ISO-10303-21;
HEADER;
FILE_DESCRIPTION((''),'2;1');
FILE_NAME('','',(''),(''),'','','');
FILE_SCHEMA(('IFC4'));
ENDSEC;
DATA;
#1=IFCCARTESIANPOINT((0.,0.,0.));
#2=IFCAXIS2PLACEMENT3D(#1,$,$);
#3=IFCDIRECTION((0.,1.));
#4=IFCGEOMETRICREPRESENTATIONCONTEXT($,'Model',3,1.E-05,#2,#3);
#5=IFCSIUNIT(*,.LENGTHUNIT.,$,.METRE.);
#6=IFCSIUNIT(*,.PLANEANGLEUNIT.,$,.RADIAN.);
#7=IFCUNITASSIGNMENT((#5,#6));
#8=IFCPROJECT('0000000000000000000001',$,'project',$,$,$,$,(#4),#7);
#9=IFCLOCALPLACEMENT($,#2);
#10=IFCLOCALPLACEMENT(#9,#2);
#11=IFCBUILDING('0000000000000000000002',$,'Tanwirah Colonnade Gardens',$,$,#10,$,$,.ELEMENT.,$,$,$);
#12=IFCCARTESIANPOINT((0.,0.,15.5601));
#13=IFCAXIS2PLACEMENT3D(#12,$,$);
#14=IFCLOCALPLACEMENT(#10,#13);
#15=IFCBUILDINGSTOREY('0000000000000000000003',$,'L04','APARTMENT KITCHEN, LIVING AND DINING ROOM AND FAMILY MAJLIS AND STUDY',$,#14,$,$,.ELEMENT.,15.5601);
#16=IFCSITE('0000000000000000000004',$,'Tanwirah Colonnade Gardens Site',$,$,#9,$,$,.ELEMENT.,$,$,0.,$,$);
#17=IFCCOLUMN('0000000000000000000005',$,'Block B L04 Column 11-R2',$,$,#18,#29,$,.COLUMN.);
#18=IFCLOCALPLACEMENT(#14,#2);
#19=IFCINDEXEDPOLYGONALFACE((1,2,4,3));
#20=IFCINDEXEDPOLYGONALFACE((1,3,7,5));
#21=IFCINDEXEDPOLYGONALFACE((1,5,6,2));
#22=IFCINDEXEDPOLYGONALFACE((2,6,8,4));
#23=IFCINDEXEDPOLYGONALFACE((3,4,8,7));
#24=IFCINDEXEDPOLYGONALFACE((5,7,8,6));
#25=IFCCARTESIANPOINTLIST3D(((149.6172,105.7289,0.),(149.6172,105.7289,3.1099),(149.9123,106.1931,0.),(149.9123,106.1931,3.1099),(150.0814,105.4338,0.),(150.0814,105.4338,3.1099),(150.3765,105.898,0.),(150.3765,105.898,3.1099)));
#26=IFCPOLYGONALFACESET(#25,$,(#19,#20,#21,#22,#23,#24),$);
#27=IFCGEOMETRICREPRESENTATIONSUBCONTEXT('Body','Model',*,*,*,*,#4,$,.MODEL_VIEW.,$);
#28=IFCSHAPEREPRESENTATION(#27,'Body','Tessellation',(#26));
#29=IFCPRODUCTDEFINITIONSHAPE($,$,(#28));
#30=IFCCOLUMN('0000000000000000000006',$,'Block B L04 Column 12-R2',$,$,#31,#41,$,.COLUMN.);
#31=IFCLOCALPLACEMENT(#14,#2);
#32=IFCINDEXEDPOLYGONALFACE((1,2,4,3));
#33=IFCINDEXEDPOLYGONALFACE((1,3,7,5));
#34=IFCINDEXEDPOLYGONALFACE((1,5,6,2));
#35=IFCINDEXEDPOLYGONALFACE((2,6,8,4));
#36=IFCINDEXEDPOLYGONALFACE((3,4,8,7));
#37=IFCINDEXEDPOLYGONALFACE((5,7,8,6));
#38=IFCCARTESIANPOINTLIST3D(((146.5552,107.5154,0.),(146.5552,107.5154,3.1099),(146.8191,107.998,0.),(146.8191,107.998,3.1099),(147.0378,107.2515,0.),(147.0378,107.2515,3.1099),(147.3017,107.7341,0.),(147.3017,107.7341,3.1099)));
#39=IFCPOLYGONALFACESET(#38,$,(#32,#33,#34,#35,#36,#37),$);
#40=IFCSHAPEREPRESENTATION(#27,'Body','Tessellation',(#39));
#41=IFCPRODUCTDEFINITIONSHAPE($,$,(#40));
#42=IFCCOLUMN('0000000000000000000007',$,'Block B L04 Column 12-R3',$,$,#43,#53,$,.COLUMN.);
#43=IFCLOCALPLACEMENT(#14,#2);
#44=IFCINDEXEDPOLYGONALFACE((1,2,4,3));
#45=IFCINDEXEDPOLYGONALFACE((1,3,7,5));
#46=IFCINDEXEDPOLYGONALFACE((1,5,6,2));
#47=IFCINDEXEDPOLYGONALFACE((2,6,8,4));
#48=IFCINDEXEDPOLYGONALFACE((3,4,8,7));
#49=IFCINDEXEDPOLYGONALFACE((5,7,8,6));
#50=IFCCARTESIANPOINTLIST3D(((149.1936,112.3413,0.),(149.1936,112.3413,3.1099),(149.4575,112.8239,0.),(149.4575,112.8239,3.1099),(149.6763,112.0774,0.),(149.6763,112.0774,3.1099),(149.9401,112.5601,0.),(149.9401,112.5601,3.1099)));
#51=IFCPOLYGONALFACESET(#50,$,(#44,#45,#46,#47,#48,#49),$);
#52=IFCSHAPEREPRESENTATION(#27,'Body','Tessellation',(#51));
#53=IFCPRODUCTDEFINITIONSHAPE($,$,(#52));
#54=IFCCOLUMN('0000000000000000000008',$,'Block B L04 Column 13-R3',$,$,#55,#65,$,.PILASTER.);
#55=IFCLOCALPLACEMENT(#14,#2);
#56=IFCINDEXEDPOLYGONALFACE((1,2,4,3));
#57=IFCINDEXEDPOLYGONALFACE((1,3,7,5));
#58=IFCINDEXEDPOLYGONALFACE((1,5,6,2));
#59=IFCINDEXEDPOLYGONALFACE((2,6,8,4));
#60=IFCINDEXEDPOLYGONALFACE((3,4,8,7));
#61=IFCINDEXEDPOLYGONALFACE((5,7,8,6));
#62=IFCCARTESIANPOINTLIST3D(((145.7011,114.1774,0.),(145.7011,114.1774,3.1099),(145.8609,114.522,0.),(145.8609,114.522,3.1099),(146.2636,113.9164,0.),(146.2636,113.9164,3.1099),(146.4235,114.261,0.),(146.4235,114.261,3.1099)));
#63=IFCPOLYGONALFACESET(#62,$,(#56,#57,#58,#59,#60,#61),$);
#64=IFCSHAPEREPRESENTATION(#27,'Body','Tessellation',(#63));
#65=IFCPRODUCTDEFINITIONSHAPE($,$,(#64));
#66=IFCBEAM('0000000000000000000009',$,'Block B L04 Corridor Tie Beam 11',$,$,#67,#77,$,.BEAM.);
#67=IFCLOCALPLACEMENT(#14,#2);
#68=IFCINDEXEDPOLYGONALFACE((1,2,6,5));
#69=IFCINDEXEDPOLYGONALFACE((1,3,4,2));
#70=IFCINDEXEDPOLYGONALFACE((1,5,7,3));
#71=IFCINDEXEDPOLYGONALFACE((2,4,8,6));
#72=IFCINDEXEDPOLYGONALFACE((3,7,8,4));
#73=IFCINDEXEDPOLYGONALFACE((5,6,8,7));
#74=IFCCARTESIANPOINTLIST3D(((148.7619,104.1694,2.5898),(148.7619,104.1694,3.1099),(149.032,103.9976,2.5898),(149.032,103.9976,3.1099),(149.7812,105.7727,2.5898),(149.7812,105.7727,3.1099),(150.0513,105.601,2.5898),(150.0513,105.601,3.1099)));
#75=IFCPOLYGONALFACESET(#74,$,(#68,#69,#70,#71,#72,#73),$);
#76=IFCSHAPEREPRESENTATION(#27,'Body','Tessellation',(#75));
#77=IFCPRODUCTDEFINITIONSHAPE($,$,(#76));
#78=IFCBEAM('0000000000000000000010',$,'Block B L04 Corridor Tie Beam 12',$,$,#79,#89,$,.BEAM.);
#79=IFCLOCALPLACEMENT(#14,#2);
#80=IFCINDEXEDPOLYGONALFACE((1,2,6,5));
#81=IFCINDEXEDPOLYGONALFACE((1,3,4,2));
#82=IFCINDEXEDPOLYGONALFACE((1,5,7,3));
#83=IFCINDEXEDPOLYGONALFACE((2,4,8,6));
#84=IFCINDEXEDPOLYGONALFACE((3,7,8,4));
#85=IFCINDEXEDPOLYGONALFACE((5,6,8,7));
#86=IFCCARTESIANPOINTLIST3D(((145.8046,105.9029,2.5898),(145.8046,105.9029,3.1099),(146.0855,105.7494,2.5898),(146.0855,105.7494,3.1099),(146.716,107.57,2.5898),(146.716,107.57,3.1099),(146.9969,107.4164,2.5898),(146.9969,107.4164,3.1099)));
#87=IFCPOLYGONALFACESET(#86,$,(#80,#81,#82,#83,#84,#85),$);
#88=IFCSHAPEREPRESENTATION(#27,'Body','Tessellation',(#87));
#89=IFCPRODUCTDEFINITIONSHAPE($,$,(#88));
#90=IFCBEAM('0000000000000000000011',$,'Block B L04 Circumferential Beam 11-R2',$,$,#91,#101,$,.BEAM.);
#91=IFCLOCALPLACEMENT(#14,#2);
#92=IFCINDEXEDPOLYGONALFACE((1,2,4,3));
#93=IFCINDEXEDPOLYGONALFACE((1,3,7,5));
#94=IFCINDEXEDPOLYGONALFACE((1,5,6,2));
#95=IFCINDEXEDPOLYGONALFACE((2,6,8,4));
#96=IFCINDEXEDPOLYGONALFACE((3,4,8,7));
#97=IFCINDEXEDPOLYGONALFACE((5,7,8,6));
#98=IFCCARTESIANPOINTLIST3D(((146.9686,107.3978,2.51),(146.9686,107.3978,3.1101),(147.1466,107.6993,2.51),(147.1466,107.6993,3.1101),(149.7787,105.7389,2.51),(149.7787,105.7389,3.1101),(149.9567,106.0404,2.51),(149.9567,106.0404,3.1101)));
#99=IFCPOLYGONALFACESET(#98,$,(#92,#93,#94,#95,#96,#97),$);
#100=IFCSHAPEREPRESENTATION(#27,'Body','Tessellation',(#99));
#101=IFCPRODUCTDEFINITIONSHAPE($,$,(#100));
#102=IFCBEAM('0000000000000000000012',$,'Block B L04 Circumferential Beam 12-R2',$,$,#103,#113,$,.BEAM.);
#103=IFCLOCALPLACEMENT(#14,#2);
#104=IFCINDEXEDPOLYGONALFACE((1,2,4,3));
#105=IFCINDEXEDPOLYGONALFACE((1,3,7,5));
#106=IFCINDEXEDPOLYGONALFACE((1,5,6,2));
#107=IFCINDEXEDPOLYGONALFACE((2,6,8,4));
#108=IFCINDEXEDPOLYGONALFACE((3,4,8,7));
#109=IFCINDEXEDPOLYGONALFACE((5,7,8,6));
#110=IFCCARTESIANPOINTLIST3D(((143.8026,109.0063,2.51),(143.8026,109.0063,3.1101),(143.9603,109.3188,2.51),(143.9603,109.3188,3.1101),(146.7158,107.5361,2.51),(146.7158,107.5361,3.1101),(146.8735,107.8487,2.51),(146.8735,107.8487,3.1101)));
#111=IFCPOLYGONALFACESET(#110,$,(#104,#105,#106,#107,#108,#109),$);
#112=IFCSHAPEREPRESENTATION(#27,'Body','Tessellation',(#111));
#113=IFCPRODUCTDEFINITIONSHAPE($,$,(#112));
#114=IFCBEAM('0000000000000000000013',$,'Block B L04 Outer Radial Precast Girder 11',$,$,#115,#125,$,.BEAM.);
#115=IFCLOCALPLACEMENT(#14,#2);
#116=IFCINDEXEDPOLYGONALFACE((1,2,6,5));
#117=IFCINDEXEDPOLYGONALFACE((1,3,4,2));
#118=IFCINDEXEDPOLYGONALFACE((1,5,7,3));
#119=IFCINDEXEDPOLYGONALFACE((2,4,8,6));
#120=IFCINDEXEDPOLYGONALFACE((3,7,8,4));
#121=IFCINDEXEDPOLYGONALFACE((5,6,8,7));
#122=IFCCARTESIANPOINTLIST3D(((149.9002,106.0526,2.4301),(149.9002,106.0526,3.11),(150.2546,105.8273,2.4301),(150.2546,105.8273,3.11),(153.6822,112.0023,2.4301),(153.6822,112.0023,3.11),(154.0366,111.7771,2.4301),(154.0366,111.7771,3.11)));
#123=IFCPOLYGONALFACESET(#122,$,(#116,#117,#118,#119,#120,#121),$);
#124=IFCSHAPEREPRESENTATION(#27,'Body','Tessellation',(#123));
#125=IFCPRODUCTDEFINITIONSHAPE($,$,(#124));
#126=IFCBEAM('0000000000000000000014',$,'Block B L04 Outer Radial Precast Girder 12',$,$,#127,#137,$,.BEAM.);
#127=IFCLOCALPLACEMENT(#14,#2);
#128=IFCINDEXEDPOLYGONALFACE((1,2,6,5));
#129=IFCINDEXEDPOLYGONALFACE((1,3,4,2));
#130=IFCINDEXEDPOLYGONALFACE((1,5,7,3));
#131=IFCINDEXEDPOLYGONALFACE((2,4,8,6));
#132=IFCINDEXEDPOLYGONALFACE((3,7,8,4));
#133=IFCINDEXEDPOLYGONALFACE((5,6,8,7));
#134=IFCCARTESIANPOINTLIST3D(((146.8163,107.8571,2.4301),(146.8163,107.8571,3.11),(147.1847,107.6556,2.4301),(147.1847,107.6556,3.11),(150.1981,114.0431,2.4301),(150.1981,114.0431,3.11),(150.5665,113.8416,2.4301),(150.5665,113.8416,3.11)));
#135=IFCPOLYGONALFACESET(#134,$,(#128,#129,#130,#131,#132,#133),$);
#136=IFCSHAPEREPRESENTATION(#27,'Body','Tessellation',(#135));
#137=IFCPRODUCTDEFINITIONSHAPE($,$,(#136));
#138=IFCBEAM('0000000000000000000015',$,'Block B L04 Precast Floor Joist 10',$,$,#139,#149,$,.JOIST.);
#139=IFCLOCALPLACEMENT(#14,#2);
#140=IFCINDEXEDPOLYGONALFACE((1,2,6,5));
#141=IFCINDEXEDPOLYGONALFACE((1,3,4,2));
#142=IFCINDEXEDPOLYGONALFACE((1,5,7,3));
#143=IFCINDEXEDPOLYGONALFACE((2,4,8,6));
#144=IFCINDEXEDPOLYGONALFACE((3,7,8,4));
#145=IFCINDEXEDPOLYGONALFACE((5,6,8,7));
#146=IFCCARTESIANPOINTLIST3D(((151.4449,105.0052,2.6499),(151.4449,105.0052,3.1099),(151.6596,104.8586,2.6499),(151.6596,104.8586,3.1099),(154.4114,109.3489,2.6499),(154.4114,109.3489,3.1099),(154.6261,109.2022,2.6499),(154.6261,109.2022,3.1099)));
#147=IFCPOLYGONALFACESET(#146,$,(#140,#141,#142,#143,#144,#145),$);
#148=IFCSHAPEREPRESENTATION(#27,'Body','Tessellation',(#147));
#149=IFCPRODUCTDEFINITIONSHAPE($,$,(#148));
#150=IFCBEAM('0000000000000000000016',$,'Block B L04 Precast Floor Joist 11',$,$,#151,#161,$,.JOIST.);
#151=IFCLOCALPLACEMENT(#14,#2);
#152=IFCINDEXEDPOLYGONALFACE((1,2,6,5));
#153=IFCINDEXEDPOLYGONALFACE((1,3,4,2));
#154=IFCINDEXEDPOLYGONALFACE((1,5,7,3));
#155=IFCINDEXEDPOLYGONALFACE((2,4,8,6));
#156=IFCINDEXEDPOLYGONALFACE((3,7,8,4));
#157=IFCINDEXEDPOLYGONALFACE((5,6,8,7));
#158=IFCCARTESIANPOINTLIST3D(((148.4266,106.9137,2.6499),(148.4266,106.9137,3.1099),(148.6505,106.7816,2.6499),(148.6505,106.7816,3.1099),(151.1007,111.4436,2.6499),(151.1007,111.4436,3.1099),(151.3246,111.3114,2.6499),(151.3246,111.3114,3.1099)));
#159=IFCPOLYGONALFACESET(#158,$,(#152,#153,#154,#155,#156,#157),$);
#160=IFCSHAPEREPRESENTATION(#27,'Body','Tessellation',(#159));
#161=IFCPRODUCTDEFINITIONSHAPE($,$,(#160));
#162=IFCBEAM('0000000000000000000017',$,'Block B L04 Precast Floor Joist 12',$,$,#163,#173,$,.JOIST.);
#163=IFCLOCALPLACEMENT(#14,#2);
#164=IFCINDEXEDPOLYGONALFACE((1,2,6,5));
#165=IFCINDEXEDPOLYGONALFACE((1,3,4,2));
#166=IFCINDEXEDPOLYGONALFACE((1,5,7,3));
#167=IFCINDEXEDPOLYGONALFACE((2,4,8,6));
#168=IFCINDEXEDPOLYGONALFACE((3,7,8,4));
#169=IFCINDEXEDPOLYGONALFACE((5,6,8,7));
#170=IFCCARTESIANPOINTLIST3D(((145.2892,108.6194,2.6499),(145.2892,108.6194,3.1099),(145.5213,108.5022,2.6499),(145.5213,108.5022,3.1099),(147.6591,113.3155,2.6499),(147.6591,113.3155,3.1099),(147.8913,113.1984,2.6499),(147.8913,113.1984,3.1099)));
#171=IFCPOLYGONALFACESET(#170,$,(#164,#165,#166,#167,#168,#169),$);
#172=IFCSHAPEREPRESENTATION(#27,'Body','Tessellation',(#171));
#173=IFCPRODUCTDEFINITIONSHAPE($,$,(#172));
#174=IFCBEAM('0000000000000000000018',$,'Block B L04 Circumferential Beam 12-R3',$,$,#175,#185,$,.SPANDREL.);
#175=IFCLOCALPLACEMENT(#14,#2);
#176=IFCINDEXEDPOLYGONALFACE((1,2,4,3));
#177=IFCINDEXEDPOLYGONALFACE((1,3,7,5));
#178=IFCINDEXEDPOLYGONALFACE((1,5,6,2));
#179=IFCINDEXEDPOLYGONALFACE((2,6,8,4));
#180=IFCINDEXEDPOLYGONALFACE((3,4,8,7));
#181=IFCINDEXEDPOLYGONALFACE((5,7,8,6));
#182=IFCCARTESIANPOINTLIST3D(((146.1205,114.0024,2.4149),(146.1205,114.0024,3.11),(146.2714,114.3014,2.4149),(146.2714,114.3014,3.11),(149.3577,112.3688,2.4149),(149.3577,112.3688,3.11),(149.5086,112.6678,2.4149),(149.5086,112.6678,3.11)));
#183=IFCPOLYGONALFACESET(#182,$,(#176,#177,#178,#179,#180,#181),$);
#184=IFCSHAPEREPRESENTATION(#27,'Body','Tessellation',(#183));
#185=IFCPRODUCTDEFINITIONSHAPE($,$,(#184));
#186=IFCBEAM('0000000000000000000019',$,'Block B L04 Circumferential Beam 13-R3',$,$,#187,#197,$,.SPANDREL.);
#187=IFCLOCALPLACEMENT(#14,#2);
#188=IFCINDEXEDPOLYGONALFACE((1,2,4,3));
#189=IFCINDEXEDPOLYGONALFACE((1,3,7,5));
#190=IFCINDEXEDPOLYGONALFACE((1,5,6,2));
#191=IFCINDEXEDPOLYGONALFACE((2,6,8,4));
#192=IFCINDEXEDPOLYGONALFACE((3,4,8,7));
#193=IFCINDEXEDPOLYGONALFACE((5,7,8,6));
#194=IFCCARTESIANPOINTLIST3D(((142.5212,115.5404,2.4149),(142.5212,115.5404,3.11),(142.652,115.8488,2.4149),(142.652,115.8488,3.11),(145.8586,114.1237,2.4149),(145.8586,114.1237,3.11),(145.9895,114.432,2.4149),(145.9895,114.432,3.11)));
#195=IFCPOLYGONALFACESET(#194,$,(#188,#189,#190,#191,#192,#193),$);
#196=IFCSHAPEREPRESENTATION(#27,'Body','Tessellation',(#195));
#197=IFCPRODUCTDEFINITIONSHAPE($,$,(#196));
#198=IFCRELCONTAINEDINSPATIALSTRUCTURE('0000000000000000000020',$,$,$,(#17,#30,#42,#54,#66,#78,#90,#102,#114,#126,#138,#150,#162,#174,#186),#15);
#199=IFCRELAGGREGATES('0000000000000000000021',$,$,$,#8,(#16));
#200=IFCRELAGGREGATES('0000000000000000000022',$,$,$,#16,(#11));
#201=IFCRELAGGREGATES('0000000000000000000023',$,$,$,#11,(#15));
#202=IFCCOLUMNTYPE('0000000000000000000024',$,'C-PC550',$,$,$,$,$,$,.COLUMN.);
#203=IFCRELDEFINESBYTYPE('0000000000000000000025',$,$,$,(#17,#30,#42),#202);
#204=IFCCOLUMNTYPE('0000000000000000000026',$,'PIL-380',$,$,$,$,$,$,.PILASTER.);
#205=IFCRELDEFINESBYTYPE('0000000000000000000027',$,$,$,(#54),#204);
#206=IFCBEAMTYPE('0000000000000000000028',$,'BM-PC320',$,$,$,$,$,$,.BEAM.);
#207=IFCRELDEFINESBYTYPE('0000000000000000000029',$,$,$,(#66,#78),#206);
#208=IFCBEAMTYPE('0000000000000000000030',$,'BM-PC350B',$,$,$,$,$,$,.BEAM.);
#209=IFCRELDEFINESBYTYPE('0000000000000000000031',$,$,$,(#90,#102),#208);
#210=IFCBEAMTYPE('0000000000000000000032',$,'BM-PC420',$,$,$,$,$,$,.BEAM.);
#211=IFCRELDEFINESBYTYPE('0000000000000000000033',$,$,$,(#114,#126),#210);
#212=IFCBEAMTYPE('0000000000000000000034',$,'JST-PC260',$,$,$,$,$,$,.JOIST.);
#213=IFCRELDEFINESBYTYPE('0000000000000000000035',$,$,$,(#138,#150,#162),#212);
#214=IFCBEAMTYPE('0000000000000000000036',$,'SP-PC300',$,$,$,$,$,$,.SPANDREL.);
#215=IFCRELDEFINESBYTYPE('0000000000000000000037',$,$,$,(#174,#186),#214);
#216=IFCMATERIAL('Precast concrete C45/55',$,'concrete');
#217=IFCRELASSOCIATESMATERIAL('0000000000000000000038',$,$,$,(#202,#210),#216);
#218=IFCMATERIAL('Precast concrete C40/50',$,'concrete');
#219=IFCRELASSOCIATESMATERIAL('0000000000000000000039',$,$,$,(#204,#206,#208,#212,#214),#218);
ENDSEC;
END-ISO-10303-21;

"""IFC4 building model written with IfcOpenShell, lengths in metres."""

from ifc_helpers import new_model, si_unit, direction, frame, origin, origin_2d, place, context, subcontext, project, spatial, rectangle, extrude, material, material_profile, profile_set, type_object, element, save


model = new_model("IFC4")

# Units and contexts
model_context = context("Model", 3, precision=1e-05, world=origin(), true_north=direction((0.0, 1.0)))
body_context = subcontext(model_context, "Body", "Model", "MODEL_VIEW")
ifc_project = project(units=[si_unit("LENGTHUNIT", "METRE"), si_unit("PLANEANGLEUNIT", "RADIAN")], contexts=[model_context])

# Site, building, storey
site_placement = place(None, origin())
site = spatial("IfcSite", under=ifc_project, at=site_placement, Name="Tanwirah Colonnade Gardens Site", CompositionType="ELEMENT", RefElevation=0.0)
building_placement = place(site_placement, origin())
building = spatial("IfcBuilding", under=site, at=building_placement, Name="Tanwirah Colonnade Gardens", CompositionType="ELEMENT")
storey_placement = place(building_placement, frame((0.0, 0.0, 15.5601)))
storey = spatial("IfcBuildingStorey", under=building, at=storey_placement, Name="L04", Description="APARTMENT KITCHEN, LIVING AND DINING ROOM AND FAMILY MAJLIS AND STUDY", CompositionType="ELEMENT", Elevation=15.5601)

# Columns
ifc_material_1 = material(Name="Precast concrete C45/55", Category="concrete")
ifc_material_profile_1 = material_profile(ifc_material_1, rectangle(XDim=0.55, YDim=0.55, at=origin_2d()), Name="PC-COL 550x550")
ifc_profile_set_1 = profile_set([ifc_material_profile_1], Name="Precast concrete C45/55")
column_type_1 = type_object("IfcColumnType", Name="C-PC550", PredefinedType="COLUMN", material=ifc_profile_set_1)
for number, where, z_axis, x_axis, name in (
    (1, (149.9968, 105.8135, 0.0), (0.0, 0.0, 1.0), (0.536482, 0.843912, 0.0), "Block B L04 Column 11-R2"),
    (2, (146.9285, 107.6248, 0.0), (0.0, 0.0, 1.0), (0.479713, 0.877425, 0.0), "Block B L04 Column 12-R2"),
    (3, (149.5669, 112.4507, 0.0), (0.0, 0.0, 1.0), (0.479713, 0.877425, 0.0), "Block B L04 Column 12-R3"),
):
    element("IfcColumn", number, at=place(storey_placement, frame(where, z_axis=z_axis, x_axis=x_axis)), inside=storey, type_object=column_type_1, Name=name, PredefinedType="COLUMN", context=body_context, shape_type="SweptSolid", body=[
        extrude(rectangle(XDim=0.55, YDim=0.55, at=origin_2d()), origin(), (0.0, 0.0, 1.0), 3.1099),
    ])
ifc_material_2 = material(Name="Precast concrete C40/50", Category="concrete")
ifc_material_profile_2 = material_profile(ifc_material_2, rectangle(XDim=0.3799, YDim=0.6201, at=origin_2d()), Name="PC-PIL 380x620")
ifc_profile_set_2 = profile_set([ifc_material_profile_2], Name="Precast concrete C40/50")
column_type_2 = type_object("IfcColumnType", Name="PIL-380", PredefinedType="PILASTER", material=ifc_profile_set_2)
column_placement = place(storey_placement, frame((146.0623, 114.2192, 0.0), z_axis=(0.0, 0.0, 1.0), x_axis=(0.42086, 0.907126, 0.0)))
element("IfcColumn", 4, at=column_placement, inside=storey, type_object=column_type_2, Name="Block B L04 Column 13-R3", PredefinedType="PILASTER", context=body_context, shape_type="SweptSolid", body=[
    extrude(rectangle(XDim=0.3799, YDim=0.6201, at=origin_2d()), origin(), (0.0, 0.0, 1.0), 3.1099),
])

# Beams
ifc_material_profile_3 = material_profile(ifc_material_2, rectangle(XDim=0.3201, YDim=0.52, at=origin_2d()), Name="PC-BM 320x520")
ifc_profile_set_3 = profile_set([ifc_material_profile_3], Name="Precast concrete C40/50")
beam_type_1 = type_object("IfcBeamType", Name="BM-PC320", PredefinedType="BEAM", material=ifc_profile_set_3)
for number, where, z_axis, x_axis, name in (
    (5, (148.897, 104.0835, 2.8499), (0.53651, 0.843894, 0.0), (-0.843894, 0.53651, 0.0), "Block B L04 Corridor Tie Beam 11"),
    (6, (145.9451, 105.8262, 2.8499), (0.479707, 0.877429, 0.0), (-0.877429, 0.479707, 0.0), "Block B L04 Corridor Tie Beam 12"),
):
    element("IfcBeam", number, at=place(storey_placement, frame(where, z_axis=z_axis, x_axis=x_axis)), inside=storey, type_object=beam_type_1, Name=name, PredefinedType="BEAM", context=body_context, shape_type="SweptSolid", body=[
        extrude(rectangle(XDim=0.3201, YDim=0.52, at=origin_2d()), origin(), (0.0, 0.0, 1.0), 1.8999),
    ])
ifc_material_profile_4 = material_profile(ifc_material_2, rectangle(XDim=0.3501, YDim=0.6001, at=origin_2d()), Name="PC-BM 350x600")
ifc_profile_set_4 = profile_set([ifc_material_profile_4], Name="Precast concrete C40/50")
beam_type_2 = type_object("IfcBeamType", Name="BM-PC350B", PredefinedType="BEAM", material=ifc_profile_set_4)
for number, where, z_axis, x_axis, name in (
    (7, (149.8677, 105.8896, 2.8101), (-0.861135, 0.508376, 0.0), (-0.508376, -0.861135, 0.0), "Block B L04 Circumferential Beam 11-R2"),
    (8, (146.7947, 107.6924, 2.8101), (-0.89276, 0.450532, 0.0), (-0.450532, -0.89276, 0.0), "Block B L04 Circumferential Beam 12-R2"),
):
    element("IfcBeam", number, at=place(storey_placement, frame(where, z_axis=z_axis, x_axis=x_axis)), inside=storey, type_object=beam_type_2, Name=name, PredefinedType="BEAM", context=body_context, shape_type="SweptSolid", body=[
        extrude(rectangle(XDim=0.3501, YDim=0.6001, at=origin_2d()), origin(), (0.0, 0.0, 1.0), 3.2632),
    ])
ifc_material_profile_5 = material_profile(ifc_material_1, rectangle(XDim=0.4199, YDim=0.6799, at=origin_2d()), Name="PC-BM 420x680")
ifc_profile_set_5 = profile_set([ifc_material_profile_5], Name="Precast concrete C45/55")
beam_type_3 = type_object("IfcBeamType", Name="BM-PC420", PredefinedType="BEAM", material=ifc_profile_set_5)
for number, where, z_axis, x_axis, name in (
    (9, (150.0774, 105.9399, 2.77), (0.536452, 0.843931, 0.0), (-0.843931, 0.536452, 0.0), "Block B L04 Outer Radial Precast Girder 11"),
    (10, (147.0005, 107.7563, 2.77), (0.479687, 0.87744, 0.0), (-0.87744, 0.479687, 0.0), "Block B L04 Outer Radial Precast Girder 12"),
):
    element("IfcBeam", number, at=place(storey_placement, frame(where, z_axis=z_axis, x_axis=x_axis)), inside=storey, type_object=beam_type_3, Name=name, PredefinedType="BEAM", context=body_context, shape_type="SweptSolid", body=[
        extrude(rectangle(XDim=0.4199, YDim=0.6799, at=origin_2d()), origin(), (0.0, 0.0, 1.0), 7.05),
    ])
ifc_material_profile_6 = material_profile(ifc_material_2, rectangle(XDim=0.26, YDim=0.46, at=origin_2d()), Name="PC-JST 260x460")
ifc_profile_set_6 = profile_set([ifc_material_profile_6], Name="Precast concrete C40/50")
beam_type_4 = type_object("IfcBeamType", Name="JST-PC260", PredefinedType="JOIST", material=ifc_profile_set_6)
beam_1_placement = place(storey_placement, frame((151.5522, 104.9319, 2.8799), z_axis=(0.563973, 0.825793, 0.0), x_axis=(-0.825793, 0.563973, 0.0)))
element("IfcBeam", 11, at=beam_1_placement, inside=storey, type_object=beam_type_4, Name="Block B L04 Precast Floor Joist 10", PredefinedType="JOIST", context=body_context, shape_type="SweptSolid", body=[
    extrude(rectangle(XDim=0.26, YDim=0.46, at=origin_2d()), origin(), (0.0, 0.0, 1.0), 5.26),
])
for number, where, z_axis, x_axis, name in (
    (12, (148.5386, 106.8477, 2.8799), (0.50836, 0.861145, 0.0), (-0.861145, 0.50836, 0.0), "Block B L04 Precast Floor Joist 11"),
    (13, (145.4053, 108.5608, 2.8799), (0.450534, 0.892759, 0.0), (-0.892759, 0.450534, 0.0), "Block B L04 Precast Floor Joist 12"),
):
    element("IfcBeam", number, at=place(storey_placement, frame(where, z_axis=z_axis, x_axis=x_axis)), inside=storey, type_object=beam_type_4, Name=name, PredefinedType="JOIST", context=body_context, shape_type="SweptSolid", body=[
        extrude(rectangle(XDim=0.26, YDim=0.46, at=origin_2d()), origin(), (0.0, 0.0, 1.0), 5.2603),
    ])
ifc_material_profile_7 = material_profile(ifc_material_2, rectangle(XDim=0.335, YDim=0.6951, at=origin_2d()), Name="PC-SP 335x695")
ifc_profile_set_7 = profile_set([ifc_material_profile_7], Name="Precast concrete C40/50")
beam_type_5 = type_object("IfcBeamType", Name="SP-PC300", PredefinedType="SPANDREL", material=ifc_profile_set_7)
beam_2_placement = place(storey_placement, frame((149.4331, 112.5183, 2.7625), z_axis=(-0.892765, 0.450523, 0.0), x_axis=(-0.450523, -0.892765, 0.0)))
element("IfcBeam", 14, at=beam_2_placement, inside=storey, type_object=beam_type_5, Name="Block B L04 Circumferential Beam 12-R3", PredefinedType="SPANDREL", context=body_context, shape_type="SweptSolid", body=[
    extrude(rectangle(XDim=0.335, YDim=0.6951, at=origin_2d()), origin(), (0.0, 0.0, 1.0), 3.626),
])
beam_3_placement = place(storey_placement, frame((145.9241, 114.2778, 2.7625), z_axis=(-0.920494, 0.390756, 0.0), x_axis=(-0.390756, -0.920494, 0.0)))
element("IfcBeam", 15, at=beam_3_placement, inside=storey, type_object=beam_type_5, Name="Block B L04 Circumferential Beam 13-R3", PredefinedType="SPANDREL", context=body_context, shape_type="SweptSolid", body=[
    extrude(rectangle(XDim=0.335, YDim=0.6951, at=origin_2d()), origin(), (0.0, 0.0, 1.0), 3.6257),
])

save(model, "model.ifc")
